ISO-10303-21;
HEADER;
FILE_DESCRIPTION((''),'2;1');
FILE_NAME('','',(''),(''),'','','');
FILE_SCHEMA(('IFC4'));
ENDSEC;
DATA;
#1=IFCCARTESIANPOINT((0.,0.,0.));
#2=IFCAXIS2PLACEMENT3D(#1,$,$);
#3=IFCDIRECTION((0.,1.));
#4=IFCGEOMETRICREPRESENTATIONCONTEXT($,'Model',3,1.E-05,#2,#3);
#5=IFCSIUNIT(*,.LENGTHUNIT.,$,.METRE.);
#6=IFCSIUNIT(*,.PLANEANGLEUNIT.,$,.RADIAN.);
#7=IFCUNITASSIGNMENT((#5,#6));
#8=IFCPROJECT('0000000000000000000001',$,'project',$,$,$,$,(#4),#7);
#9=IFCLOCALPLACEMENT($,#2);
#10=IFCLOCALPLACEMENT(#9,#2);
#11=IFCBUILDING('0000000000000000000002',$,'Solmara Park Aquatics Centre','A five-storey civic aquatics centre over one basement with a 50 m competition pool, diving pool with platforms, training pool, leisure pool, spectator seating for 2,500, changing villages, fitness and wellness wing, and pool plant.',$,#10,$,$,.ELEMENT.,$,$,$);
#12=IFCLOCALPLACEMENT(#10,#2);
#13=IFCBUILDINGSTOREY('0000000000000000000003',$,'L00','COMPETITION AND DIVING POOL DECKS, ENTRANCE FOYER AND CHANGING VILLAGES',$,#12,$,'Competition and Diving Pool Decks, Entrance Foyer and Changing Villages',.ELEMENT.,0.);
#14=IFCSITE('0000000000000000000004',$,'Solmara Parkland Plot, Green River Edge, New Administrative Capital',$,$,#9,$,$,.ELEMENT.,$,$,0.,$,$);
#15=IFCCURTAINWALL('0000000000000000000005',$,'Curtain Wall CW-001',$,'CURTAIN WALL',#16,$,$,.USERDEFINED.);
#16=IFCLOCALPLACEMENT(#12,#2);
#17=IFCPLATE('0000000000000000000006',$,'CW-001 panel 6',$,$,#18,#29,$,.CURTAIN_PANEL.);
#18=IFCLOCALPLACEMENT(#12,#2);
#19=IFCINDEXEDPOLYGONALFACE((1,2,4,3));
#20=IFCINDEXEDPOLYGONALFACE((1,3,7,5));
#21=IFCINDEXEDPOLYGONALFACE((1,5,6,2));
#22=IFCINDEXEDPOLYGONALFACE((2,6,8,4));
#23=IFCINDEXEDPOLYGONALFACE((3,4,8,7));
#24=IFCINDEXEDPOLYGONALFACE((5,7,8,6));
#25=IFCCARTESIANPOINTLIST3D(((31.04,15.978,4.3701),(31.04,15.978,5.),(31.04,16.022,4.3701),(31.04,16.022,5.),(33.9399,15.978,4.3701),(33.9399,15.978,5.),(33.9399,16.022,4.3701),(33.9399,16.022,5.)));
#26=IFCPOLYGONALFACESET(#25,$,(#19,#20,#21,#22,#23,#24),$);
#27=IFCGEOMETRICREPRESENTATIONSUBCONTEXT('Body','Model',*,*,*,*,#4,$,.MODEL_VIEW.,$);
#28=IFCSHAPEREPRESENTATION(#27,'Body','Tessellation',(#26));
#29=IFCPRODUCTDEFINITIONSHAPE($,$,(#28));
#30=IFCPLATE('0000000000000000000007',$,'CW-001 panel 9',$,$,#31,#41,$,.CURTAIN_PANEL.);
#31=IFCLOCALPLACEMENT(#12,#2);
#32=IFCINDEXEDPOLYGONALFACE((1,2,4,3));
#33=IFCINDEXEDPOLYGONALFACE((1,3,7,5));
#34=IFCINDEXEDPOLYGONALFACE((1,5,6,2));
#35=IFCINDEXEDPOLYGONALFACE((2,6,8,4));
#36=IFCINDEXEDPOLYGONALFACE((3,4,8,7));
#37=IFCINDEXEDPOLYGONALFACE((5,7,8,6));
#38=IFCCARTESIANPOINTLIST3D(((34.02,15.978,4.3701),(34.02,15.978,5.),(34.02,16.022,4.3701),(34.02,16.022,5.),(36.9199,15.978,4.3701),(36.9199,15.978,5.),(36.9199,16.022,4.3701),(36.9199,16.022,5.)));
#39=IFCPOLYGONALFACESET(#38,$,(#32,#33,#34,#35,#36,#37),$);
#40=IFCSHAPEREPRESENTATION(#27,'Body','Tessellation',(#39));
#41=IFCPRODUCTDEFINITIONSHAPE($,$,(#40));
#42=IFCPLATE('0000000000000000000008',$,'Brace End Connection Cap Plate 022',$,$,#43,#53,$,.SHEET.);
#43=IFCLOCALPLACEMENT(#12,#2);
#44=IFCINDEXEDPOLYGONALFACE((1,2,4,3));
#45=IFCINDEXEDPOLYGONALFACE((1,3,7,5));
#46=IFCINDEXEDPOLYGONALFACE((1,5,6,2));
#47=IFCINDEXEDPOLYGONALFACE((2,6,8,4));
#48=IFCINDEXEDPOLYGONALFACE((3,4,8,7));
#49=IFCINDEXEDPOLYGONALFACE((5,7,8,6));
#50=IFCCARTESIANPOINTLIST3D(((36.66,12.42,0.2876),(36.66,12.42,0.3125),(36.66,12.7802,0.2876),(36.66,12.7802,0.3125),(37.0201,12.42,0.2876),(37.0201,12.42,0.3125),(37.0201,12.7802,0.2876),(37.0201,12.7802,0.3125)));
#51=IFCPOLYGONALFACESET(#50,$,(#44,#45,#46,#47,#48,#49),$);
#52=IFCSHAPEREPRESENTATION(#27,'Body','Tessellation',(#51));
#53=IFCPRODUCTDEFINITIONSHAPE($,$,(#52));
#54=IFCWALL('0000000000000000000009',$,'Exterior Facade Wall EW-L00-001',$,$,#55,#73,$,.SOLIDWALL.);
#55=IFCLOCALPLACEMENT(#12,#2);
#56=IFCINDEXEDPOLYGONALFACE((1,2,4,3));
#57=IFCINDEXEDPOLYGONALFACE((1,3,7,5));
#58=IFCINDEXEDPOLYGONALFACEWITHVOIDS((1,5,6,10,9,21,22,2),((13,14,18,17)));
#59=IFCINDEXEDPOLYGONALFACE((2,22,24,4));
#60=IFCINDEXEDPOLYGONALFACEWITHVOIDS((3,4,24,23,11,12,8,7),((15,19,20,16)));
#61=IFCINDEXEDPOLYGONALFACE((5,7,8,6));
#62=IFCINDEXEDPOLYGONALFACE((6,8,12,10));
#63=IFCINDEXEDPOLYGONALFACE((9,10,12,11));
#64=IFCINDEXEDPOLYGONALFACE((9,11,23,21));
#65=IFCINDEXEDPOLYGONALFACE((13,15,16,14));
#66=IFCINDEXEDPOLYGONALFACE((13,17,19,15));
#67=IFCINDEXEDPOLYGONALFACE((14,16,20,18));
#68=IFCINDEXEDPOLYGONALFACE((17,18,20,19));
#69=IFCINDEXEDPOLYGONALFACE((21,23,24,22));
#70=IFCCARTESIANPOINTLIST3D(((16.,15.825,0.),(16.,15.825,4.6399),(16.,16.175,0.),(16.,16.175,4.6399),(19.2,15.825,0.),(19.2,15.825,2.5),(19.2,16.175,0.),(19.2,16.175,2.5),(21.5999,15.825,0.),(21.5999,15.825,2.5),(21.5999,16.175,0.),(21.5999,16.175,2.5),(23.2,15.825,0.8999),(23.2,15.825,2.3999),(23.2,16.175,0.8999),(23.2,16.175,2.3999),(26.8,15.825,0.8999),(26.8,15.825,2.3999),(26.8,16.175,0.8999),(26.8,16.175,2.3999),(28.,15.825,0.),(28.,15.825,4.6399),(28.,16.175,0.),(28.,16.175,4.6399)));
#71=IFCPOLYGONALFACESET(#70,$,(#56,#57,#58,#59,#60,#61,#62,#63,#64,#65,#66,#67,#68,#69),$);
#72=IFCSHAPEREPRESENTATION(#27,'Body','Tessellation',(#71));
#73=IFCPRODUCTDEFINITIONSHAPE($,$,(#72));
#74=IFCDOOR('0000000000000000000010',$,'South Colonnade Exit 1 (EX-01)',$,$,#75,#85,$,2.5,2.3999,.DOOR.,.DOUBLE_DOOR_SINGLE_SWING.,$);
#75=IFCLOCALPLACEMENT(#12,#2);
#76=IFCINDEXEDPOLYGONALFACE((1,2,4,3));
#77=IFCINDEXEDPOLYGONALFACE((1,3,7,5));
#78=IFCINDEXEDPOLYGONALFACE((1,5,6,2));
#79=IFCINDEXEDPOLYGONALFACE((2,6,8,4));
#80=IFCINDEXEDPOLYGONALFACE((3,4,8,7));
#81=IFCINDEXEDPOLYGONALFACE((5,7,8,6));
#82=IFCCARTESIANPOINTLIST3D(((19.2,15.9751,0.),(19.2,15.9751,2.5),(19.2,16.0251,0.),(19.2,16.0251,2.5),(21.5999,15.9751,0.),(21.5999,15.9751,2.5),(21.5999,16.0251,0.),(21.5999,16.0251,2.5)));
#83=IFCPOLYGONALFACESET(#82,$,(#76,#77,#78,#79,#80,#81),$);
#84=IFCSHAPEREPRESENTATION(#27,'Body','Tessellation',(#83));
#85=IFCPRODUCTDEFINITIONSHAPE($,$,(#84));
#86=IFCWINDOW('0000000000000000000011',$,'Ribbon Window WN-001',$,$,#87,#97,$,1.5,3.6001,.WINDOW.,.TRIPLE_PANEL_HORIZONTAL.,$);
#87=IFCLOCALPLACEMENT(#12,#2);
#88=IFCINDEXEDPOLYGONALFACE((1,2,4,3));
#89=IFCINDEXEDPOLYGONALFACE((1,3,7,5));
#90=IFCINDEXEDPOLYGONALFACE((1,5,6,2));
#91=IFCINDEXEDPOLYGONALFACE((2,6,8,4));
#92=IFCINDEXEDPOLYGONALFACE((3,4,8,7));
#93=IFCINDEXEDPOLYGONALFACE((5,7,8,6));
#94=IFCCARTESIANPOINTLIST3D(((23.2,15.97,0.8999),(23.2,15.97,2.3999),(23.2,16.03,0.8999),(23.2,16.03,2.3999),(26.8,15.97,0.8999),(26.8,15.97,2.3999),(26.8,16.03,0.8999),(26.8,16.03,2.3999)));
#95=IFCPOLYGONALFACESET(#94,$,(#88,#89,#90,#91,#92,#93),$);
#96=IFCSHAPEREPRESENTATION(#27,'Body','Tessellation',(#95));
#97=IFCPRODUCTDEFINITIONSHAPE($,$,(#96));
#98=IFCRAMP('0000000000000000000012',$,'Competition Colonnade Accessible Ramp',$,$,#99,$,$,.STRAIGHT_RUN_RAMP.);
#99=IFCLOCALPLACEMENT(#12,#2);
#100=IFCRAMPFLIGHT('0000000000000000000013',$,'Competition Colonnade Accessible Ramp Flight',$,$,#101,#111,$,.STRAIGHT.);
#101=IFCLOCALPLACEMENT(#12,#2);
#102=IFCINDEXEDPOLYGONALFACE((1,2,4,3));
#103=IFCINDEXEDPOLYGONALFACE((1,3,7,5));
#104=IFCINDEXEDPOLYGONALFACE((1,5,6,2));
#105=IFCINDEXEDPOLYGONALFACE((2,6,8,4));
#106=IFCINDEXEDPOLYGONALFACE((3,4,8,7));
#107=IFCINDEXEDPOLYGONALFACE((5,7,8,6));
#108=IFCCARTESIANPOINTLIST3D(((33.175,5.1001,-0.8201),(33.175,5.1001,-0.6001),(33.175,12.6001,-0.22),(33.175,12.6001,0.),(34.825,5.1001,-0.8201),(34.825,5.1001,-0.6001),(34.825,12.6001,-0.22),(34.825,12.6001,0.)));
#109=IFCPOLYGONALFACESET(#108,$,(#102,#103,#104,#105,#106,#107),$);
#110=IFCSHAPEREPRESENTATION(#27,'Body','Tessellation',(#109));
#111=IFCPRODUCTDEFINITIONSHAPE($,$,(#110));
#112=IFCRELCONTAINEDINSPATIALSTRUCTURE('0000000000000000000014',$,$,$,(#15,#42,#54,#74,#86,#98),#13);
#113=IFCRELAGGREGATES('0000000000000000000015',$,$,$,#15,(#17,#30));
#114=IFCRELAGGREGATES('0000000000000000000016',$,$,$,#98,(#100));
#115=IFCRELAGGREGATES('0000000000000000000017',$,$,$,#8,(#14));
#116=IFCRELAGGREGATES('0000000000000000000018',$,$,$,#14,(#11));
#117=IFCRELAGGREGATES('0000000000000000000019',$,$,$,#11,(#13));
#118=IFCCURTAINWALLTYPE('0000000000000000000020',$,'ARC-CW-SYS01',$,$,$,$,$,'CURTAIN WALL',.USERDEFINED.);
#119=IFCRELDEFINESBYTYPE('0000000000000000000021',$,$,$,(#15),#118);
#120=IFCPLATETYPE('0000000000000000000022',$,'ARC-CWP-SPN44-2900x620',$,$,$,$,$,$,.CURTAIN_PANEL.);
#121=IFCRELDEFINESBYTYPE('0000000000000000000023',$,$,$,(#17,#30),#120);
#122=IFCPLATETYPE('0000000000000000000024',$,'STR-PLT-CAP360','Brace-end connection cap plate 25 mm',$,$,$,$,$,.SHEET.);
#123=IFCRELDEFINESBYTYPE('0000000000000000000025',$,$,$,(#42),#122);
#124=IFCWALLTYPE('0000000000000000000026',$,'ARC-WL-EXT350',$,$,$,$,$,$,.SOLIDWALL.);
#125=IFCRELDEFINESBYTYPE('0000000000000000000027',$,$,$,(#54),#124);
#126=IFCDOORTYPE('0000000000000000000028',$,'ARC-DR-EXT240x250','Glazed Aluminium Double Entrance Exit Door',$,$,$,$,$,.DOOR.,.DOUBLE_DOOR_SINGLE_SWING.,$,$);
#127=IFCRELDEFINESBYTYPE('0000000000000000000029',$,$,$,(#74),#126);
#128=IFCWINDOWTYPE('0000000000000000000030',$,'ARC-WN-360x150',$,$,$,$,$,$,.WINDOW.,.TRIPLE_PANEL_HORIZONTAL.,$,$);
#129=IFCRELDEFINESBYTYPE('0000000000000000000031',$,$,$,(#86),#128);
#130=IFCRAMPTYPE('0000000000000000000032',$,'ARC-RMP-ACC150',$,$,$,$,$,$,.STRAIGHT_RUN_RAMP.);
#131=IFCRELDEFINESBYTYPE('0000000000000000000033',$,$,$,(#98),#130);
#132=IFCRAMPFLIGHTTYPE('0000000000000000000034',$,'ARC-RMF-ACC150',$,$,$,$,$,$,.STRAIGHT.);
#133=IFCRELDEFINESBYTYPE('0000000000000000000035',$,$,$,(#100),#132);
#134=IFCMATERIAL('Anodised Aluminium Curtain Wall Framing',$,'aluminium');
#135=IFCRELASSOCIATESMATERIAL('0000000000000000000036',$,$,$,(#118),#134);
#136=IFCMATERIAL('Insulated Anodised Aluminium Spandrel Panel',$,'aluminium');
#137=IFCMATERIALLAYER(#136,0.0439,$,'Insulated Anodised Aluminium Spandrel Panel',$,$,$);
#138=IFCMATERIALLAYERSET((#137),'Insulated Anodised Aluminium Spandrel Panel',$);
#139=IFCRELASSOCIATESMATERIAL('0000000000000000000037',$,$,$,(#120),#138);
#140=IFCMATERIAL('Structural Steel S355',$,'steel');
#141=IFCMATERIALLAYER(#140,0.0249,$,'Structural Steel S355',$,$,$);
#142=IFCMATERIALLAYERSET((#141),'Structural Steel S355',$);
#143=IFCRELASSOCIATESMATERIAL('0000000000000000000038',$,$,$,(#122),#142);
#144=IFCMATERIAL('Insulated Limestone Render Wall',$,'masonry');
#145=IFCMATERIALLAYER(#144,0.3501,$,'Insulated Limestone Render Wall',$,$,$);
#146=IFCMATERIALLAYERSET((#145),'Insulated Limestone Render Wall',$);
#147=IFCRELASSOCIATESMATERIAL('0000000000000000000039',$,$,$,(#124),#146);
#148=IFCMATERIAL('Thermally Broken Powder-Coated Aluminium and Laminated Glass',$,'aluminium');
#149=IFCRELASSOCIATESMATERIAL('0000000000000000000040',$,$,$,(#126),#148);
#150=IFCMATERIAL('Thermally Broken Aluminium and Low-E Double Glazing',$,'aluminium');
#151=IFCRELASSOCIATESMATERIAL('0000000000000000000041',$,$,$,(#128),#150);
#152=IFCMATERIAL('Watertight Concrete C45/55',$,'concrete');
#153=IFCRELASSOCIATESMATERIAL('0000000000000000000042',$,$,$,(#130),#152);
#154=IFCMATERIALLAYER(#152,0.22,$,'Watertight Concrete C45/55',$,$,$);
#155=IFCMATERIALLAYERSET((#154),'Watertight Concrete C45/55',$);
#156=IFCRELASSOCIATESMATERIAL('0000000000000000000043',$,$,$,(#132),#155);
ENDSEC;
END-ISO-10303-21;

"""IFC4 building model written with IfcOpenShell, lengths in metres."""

from ifc_helpers import new_model, si_unit, direction, frame, frame_2d, origin, origin_2d, place, context, subcontext, project, spatial, polyline, rectangle, outline, extrude, material, layer, layer_set, type_object, element, fill, aggregate, save


model = new_model("IFC4")

# Units and contexts
model_context = context("Model", 3, precision=1e-05, world=origin(), true_north=direction((0.0, 1.0)))
body_context = subcontext(model_context, "Body", "Model", "MODEL_VIEW")
ifc_project = project(units=[si_unit("LENGTHUNIT", "METRE"), si_unit("PLANEANGLEUNIT", "RADIAN")], contexts=[model_context])

# Site, building, storey
site_placement = place(None, origin())
site = spatial("IfcSite", under=ifc_project, at=site_placement, Name="Solmara Parkland Plot, Green River Edge, New Administrative Capital", CompositionType="ELEMENT", RefElevation=0.0)
building_placement = place(site_placement, origin())
building = spatial("IfcBuilding", under=site, at=building_placement, Name="Solmara Park Aquatics Centre", Description="A five-storey civic aquatics centre over one basement with a 50 m competition pool, diving pool with platforms, training pool, leisure pool, spectator seating for 2,500, changing villages, fitness and wellness wing, and pool plant.", CompositionType="ELEMENT")
storey_placement = place(building_placement, origin())
storey = spatial("IfcBuildingStorey", under=building, at=storey_placement, Name="L00", Description="COMPETITION AND DIVING POOL DECKS, ENTRANCE FOYER AND CHANGING VILLAGES", LongName="Competition and Diving Pool Decks, Entrance Foyer and Changing Villages", CompositionType="ELEMENT", Elevation=0.0)

# Shared definitions
ifc_material_1 = material(Name="Structural Steel S355", Category="steel")

# Curtain wall
ifc_material_2 = material(Name="Anodised Aluminium Curtain Wall Framing", Category="aluminium")
curtain_wall_type = type_object("IfcCurtainWallType", Name="ARC-CW-SYS01", ElementType="CURTAIN WALL", PredefinedType="USERDEFINED", material=ifc_material_2)
curtain_wall_placement = place(storey_placement, origin())
curtain_wall = element("IfcCurtainWall", 1, at=curtain_wall_placement, inside=storey, type_object=curtain_wall_type, Name="Curtain Wall CW-001", ObjectType="CURTAIN WALL", PredefinedType="USERDEFINED")

# Plates
ifc_material_3 = material(Name="Insulated Anodised Aluminium Spandrel Panel", Category="aluminium")
ifc_layer_1 = layer(ifc_material_3, 0.0439, Name="Insulated Anodised Aluminium Spandrel Panel")
ifc_layer_set_1 = layer_set([ifc_layer_1], Name="Insulated Anodised Aluminium Spandrel Panel")
plate_type_1 = type_object("IfcPlateType", Name="ARC-CWP-SPN44-2900x620", PredefinedType="CURTAIN_PANEL", material=ifc_layer_set_1)
plate_1_placement = place(storey_placement, frame((32.49, 16.0, 4.3701), z_axis=(0.0, 0.0, 1.0), x_axis=(1.0, 0.0, 0.0)))
plate_1 = element("IfcPlate", 2, at=plate_1_placement, type_object=plate_type_1, Name="CW-001 panel 6", PredefinedType="CURTAIN_PANEL", context=body_context, shape_type="SweptSolid", body=[
    extrude(rectangle(XDim=2.8999, YDim=0.0439, at=origin_2d()), origin(), (0.0, 0.0, 1.0), 0.6299),
])
plate_2_placement = place(storey_placement, frame((35.47, 16.0, 4.3701), z_axis=(0.0, 0.0, 1.0), x_axis=(1.0, 0.0, 0.0)))
plate_2 = element("IfcPlate", 3, at=plate_2_placement, type_object=plate_type_1, Name="CW-001 panel 9", PredefinedType="CURTAIN_PANEL", context=body_context, shape_type="SweptSolid", body=[
    extrude(rectangle(XDim=2.8999, YDim=0.0439, at=origin_2d()), origin(), (0.0, 0.0, 1.0), 0.6299),
])
aggregate(curtain_wall, [plate_1, plate_2])
ifc_layer_2 = layer(ifc_material_1, 0.0249, Name="Structural Steel S355")
ifc_layer_set_2 = layer_set([ifc_layer_2], Name="Structural Steel S355")
plate_type_2 = type_object("IfcPlateType", Name="STR-PLT-CAP360", Description="Brace-end connection cap plate 25 mm", PredefinedType="SHEET", material=ifc_layer_set_2)
plate_3_placement = place(storey_placement, frame((36.8401, 12.6001, 0.2876), z_axis=(0.0, 0.0, 1.0), x_axis=(1.0, 0.0, 0.0)))
element("IfcPlate", 4, at=plate_3_placement, inside=storey, type_object=plate_type_2, Name="Brace End Connection Cap Plate 022", PredefinedType="SHEET", context=body_context, shape_type="SweptSolid", body=[
    extrude(rectangle(XDim=0.3601, YDim=0.3601, at=origin_2d()), origin(), (0.0, 0.0, 1.0), 0.0249),
])

# Wall, openings, door, window
ifc_material_4 = material(Name="Insulated Limestone Render Wall", Category="masonry")
ifc_layer_3 = layer(ifc_material_4, 0.3501, Name="Insulated Limestone Render Wall")
ifc_layer_set_3 = layer_set([ifc_layer_3], Name="Insulated Limestone Render Wall")
wall_type = type_object("IfcWallType", Name="ARC-WL-EXT350", PredefinedType="SOLIDWALL", material=ifc_layer_set_3)
wall_placement = place(storey_placement, frame((16.0, 16.0, 0.0), z_axis=(0.0, 0.0, 1.0), x_axis=(1.0, 0.0, 0.0)))
wall = element("IfcWall", 5, at=wall_placement, inside=storey, type_object=wall_type, Name="Exterior Facade Wall EW-L00-001", PredefinedType="SOLIDWALL", context=body_context, shape_type="SweptSolid", body=[
    extrude(rectangle(XDim=12.0, YDim=0.3501, at=frame_2d((6.0, 0.0))), origin(), (0.0, 0.0, 1.0), 4.6399),
])
opening_1_placement = place(wall_placement, frame((3.2, 0.0, 0.0)))
opening_1 = element("IfcOpeningElement", 6, at=opening_1_placement, cuts=wall, PredefinedType="OPENING", context=body_context, shape_type="SweptSolid", body=[
    extrude(rectangle(XDim=2.3999, YDim=2.5, at=frame_2d((1.2, 1.25))), frame((0.0, 0.1851, 0.0), z_axis=(0.0, -1.0, 0.0), x_axis=(1.0, 0.0, 0.0)), (0.0, 0.0, 1.0), 0.3701),
])
opening_2_placement = place(wall_placement, frame((7.2, 0.0, 0.8999)))
opening_2 = element("IfcOpeningElement", 7, at=opening_2_placement, cuts=wall, PredefinedType="OPENING", context=body_context, shape_type="SweptSolid", body=[
    extrude(rectangle(XDim=3.6001, YDim=1.5, at=frame_2d((1.8, 0.75))), frame((0.0, 0.1851, 0.0), z_axis=(0.0, -1.0, 0.0), x_axis=(1.0, 0.0, 0.0)), (0.0, 0.0, 1.0), 0.3701),
])
ifc_material_5 = material(Name="Thermally Broken Powder-Coated Aluminium and Laminated Glass", Category="aluminium")
door_type = type_object("IfcDoorType", Name="ARC-DR-EXT240x250", Description="Glazed Aluminium Double Entrance Exit Door", OperationType="DOUBLE_DOOR_SINGLE_SWING", PredefinedType="DOOR", material=ifc_material_5)
door_placement = place(opening_1_placement, frame((2.3999, 0.0, 0.0), z_axis=(0.0, 0.0, 1.0), x_axis=(-1.0, 0.0, 0.0)))
door = element("IfcDoor", 8, at=door_placement, inside=storey, type_object=door_type, Name="South Colonnade Exit 1 (EX-01)", OperationType="DOUBLE_DOOR_SINGLE_SWING", OverallHeight=2.5, OverallWidth=2.3999, PredefinedType="DOOR", context=body_context, shape_type="SweptSolid", body=[
    extrude(rectangle(XDim=2.3999, YDim=2.5, at=frame_2d((1.2, 1.25))), frame((0.0, 0.0249, 0.0), z_axis=(0.0, -1.0, 0.0), x_axis=(1.0, 0.0, 0.0)), (0.0, 0.0, 1.0), 0.05),
])
fill(opening_1, door)
ifc_material_6 = material(Name="Thermally Broken Aluminium and Low-E Double Glazing", Category="aluminium")
window_type = type_object("IfcWindowType", Name="ARC-WN-360x150", PartitioningType="TRIPLE_PANEL_HORIZONTAL", PredefinedType="WINDOW", material=ifc_material_6)
window_placement = place(opening_2_placement, frame((3.6001, 0.0, 0.0), z_axis=(0.0, 0.0, 1.0), x_axis=(-1.0, 0.0, 0.0)))
window = element("IfcWindow", 9, at=window_placement, inside=storey, type_object=window_type, Name="Ribbon Window WN-001", OverallHeight=1.5, OverallWidth=3.6001, PartitioningType="TRIPLE_PANEL_HORIZONTAL", PredefinedType="WINDOW", context=body_context, shape_type="SweptSolid", body=[
    extrude(rectangle(XDim=3.6001, YDim=1.5, at=frame_2d((1.8, 0.75))), frame((0.0, 0.03, 0.0), z_axis=(0.0, -1.0, 0.0), x_axis=(1.0, 0.0, 0.0)), (0.0, 0.0, 1.0), 0.0601),
])
fill(opening_2, window)

# Ramp, ramp flight
ifc_material_7 = material(Name="Watertight Concrete C45/55", Category="concrete")
ramp_type = type_object("IfcRampType", Name="ARC-RMP-ACC150", PredefinedType="STRAIGHT_RUN_RAMP", material=ifc_material_7)
ramp_placement = place(storey_placement, origin())
ramp = element("IfcRamp", 10, at=ramp_placement, inside=storey, type_object=ramp_type, Name="Competition Colonnade Accessible Ramp", PredefinedType="STRAIGHT_RUN_RAMP")
ifc_layer_4 = layer(ifc_material_7, 0.22, Name="Watertight Concrete C45/55")
ifc_layer_set_4 = layer_set([ifc_layer_4], Name="Watertight Concrete C45/55")
ramp_flight_type = type_object("IfcRampFlightType", Name="ARC-RMF-ACC150", PredefinedType="STRAIGHT", material=ifc_layer_set_4)
ramp_flight_placement = place(storey_placement, frame((34.0, 5.1001, -0.6001), z_axis=(0.0, 0.0, 1.0), x_axis=(0.0, 1.0, 0.0)))
ramp_flight = element("IfcRampFlight", 11, at=ramp_flight_placement, type_object=ramp_flight_type, Name="Competition Colonnade Accessible Ramp Flight", PredefinedType="STRAIGHT", context=body_context, shape_type="SweptSolid", body=[
    extrude(outline(polyline([(0.0, 0.0), (0.0, -0.22), (7.5, 0.3801), (7.5, 0.6001), (0.0, 0.0)])), frame((0.0, 0.825, 0.0), z_axis=(0.0, -1.0, 0.0), x_axis=(1.0, 0.0, 0.0)), (0.0, 0.0, 1.0), 1.6499),
])
aggregate(ramp, [ramp_flight])

save(model, "model.ifc")
